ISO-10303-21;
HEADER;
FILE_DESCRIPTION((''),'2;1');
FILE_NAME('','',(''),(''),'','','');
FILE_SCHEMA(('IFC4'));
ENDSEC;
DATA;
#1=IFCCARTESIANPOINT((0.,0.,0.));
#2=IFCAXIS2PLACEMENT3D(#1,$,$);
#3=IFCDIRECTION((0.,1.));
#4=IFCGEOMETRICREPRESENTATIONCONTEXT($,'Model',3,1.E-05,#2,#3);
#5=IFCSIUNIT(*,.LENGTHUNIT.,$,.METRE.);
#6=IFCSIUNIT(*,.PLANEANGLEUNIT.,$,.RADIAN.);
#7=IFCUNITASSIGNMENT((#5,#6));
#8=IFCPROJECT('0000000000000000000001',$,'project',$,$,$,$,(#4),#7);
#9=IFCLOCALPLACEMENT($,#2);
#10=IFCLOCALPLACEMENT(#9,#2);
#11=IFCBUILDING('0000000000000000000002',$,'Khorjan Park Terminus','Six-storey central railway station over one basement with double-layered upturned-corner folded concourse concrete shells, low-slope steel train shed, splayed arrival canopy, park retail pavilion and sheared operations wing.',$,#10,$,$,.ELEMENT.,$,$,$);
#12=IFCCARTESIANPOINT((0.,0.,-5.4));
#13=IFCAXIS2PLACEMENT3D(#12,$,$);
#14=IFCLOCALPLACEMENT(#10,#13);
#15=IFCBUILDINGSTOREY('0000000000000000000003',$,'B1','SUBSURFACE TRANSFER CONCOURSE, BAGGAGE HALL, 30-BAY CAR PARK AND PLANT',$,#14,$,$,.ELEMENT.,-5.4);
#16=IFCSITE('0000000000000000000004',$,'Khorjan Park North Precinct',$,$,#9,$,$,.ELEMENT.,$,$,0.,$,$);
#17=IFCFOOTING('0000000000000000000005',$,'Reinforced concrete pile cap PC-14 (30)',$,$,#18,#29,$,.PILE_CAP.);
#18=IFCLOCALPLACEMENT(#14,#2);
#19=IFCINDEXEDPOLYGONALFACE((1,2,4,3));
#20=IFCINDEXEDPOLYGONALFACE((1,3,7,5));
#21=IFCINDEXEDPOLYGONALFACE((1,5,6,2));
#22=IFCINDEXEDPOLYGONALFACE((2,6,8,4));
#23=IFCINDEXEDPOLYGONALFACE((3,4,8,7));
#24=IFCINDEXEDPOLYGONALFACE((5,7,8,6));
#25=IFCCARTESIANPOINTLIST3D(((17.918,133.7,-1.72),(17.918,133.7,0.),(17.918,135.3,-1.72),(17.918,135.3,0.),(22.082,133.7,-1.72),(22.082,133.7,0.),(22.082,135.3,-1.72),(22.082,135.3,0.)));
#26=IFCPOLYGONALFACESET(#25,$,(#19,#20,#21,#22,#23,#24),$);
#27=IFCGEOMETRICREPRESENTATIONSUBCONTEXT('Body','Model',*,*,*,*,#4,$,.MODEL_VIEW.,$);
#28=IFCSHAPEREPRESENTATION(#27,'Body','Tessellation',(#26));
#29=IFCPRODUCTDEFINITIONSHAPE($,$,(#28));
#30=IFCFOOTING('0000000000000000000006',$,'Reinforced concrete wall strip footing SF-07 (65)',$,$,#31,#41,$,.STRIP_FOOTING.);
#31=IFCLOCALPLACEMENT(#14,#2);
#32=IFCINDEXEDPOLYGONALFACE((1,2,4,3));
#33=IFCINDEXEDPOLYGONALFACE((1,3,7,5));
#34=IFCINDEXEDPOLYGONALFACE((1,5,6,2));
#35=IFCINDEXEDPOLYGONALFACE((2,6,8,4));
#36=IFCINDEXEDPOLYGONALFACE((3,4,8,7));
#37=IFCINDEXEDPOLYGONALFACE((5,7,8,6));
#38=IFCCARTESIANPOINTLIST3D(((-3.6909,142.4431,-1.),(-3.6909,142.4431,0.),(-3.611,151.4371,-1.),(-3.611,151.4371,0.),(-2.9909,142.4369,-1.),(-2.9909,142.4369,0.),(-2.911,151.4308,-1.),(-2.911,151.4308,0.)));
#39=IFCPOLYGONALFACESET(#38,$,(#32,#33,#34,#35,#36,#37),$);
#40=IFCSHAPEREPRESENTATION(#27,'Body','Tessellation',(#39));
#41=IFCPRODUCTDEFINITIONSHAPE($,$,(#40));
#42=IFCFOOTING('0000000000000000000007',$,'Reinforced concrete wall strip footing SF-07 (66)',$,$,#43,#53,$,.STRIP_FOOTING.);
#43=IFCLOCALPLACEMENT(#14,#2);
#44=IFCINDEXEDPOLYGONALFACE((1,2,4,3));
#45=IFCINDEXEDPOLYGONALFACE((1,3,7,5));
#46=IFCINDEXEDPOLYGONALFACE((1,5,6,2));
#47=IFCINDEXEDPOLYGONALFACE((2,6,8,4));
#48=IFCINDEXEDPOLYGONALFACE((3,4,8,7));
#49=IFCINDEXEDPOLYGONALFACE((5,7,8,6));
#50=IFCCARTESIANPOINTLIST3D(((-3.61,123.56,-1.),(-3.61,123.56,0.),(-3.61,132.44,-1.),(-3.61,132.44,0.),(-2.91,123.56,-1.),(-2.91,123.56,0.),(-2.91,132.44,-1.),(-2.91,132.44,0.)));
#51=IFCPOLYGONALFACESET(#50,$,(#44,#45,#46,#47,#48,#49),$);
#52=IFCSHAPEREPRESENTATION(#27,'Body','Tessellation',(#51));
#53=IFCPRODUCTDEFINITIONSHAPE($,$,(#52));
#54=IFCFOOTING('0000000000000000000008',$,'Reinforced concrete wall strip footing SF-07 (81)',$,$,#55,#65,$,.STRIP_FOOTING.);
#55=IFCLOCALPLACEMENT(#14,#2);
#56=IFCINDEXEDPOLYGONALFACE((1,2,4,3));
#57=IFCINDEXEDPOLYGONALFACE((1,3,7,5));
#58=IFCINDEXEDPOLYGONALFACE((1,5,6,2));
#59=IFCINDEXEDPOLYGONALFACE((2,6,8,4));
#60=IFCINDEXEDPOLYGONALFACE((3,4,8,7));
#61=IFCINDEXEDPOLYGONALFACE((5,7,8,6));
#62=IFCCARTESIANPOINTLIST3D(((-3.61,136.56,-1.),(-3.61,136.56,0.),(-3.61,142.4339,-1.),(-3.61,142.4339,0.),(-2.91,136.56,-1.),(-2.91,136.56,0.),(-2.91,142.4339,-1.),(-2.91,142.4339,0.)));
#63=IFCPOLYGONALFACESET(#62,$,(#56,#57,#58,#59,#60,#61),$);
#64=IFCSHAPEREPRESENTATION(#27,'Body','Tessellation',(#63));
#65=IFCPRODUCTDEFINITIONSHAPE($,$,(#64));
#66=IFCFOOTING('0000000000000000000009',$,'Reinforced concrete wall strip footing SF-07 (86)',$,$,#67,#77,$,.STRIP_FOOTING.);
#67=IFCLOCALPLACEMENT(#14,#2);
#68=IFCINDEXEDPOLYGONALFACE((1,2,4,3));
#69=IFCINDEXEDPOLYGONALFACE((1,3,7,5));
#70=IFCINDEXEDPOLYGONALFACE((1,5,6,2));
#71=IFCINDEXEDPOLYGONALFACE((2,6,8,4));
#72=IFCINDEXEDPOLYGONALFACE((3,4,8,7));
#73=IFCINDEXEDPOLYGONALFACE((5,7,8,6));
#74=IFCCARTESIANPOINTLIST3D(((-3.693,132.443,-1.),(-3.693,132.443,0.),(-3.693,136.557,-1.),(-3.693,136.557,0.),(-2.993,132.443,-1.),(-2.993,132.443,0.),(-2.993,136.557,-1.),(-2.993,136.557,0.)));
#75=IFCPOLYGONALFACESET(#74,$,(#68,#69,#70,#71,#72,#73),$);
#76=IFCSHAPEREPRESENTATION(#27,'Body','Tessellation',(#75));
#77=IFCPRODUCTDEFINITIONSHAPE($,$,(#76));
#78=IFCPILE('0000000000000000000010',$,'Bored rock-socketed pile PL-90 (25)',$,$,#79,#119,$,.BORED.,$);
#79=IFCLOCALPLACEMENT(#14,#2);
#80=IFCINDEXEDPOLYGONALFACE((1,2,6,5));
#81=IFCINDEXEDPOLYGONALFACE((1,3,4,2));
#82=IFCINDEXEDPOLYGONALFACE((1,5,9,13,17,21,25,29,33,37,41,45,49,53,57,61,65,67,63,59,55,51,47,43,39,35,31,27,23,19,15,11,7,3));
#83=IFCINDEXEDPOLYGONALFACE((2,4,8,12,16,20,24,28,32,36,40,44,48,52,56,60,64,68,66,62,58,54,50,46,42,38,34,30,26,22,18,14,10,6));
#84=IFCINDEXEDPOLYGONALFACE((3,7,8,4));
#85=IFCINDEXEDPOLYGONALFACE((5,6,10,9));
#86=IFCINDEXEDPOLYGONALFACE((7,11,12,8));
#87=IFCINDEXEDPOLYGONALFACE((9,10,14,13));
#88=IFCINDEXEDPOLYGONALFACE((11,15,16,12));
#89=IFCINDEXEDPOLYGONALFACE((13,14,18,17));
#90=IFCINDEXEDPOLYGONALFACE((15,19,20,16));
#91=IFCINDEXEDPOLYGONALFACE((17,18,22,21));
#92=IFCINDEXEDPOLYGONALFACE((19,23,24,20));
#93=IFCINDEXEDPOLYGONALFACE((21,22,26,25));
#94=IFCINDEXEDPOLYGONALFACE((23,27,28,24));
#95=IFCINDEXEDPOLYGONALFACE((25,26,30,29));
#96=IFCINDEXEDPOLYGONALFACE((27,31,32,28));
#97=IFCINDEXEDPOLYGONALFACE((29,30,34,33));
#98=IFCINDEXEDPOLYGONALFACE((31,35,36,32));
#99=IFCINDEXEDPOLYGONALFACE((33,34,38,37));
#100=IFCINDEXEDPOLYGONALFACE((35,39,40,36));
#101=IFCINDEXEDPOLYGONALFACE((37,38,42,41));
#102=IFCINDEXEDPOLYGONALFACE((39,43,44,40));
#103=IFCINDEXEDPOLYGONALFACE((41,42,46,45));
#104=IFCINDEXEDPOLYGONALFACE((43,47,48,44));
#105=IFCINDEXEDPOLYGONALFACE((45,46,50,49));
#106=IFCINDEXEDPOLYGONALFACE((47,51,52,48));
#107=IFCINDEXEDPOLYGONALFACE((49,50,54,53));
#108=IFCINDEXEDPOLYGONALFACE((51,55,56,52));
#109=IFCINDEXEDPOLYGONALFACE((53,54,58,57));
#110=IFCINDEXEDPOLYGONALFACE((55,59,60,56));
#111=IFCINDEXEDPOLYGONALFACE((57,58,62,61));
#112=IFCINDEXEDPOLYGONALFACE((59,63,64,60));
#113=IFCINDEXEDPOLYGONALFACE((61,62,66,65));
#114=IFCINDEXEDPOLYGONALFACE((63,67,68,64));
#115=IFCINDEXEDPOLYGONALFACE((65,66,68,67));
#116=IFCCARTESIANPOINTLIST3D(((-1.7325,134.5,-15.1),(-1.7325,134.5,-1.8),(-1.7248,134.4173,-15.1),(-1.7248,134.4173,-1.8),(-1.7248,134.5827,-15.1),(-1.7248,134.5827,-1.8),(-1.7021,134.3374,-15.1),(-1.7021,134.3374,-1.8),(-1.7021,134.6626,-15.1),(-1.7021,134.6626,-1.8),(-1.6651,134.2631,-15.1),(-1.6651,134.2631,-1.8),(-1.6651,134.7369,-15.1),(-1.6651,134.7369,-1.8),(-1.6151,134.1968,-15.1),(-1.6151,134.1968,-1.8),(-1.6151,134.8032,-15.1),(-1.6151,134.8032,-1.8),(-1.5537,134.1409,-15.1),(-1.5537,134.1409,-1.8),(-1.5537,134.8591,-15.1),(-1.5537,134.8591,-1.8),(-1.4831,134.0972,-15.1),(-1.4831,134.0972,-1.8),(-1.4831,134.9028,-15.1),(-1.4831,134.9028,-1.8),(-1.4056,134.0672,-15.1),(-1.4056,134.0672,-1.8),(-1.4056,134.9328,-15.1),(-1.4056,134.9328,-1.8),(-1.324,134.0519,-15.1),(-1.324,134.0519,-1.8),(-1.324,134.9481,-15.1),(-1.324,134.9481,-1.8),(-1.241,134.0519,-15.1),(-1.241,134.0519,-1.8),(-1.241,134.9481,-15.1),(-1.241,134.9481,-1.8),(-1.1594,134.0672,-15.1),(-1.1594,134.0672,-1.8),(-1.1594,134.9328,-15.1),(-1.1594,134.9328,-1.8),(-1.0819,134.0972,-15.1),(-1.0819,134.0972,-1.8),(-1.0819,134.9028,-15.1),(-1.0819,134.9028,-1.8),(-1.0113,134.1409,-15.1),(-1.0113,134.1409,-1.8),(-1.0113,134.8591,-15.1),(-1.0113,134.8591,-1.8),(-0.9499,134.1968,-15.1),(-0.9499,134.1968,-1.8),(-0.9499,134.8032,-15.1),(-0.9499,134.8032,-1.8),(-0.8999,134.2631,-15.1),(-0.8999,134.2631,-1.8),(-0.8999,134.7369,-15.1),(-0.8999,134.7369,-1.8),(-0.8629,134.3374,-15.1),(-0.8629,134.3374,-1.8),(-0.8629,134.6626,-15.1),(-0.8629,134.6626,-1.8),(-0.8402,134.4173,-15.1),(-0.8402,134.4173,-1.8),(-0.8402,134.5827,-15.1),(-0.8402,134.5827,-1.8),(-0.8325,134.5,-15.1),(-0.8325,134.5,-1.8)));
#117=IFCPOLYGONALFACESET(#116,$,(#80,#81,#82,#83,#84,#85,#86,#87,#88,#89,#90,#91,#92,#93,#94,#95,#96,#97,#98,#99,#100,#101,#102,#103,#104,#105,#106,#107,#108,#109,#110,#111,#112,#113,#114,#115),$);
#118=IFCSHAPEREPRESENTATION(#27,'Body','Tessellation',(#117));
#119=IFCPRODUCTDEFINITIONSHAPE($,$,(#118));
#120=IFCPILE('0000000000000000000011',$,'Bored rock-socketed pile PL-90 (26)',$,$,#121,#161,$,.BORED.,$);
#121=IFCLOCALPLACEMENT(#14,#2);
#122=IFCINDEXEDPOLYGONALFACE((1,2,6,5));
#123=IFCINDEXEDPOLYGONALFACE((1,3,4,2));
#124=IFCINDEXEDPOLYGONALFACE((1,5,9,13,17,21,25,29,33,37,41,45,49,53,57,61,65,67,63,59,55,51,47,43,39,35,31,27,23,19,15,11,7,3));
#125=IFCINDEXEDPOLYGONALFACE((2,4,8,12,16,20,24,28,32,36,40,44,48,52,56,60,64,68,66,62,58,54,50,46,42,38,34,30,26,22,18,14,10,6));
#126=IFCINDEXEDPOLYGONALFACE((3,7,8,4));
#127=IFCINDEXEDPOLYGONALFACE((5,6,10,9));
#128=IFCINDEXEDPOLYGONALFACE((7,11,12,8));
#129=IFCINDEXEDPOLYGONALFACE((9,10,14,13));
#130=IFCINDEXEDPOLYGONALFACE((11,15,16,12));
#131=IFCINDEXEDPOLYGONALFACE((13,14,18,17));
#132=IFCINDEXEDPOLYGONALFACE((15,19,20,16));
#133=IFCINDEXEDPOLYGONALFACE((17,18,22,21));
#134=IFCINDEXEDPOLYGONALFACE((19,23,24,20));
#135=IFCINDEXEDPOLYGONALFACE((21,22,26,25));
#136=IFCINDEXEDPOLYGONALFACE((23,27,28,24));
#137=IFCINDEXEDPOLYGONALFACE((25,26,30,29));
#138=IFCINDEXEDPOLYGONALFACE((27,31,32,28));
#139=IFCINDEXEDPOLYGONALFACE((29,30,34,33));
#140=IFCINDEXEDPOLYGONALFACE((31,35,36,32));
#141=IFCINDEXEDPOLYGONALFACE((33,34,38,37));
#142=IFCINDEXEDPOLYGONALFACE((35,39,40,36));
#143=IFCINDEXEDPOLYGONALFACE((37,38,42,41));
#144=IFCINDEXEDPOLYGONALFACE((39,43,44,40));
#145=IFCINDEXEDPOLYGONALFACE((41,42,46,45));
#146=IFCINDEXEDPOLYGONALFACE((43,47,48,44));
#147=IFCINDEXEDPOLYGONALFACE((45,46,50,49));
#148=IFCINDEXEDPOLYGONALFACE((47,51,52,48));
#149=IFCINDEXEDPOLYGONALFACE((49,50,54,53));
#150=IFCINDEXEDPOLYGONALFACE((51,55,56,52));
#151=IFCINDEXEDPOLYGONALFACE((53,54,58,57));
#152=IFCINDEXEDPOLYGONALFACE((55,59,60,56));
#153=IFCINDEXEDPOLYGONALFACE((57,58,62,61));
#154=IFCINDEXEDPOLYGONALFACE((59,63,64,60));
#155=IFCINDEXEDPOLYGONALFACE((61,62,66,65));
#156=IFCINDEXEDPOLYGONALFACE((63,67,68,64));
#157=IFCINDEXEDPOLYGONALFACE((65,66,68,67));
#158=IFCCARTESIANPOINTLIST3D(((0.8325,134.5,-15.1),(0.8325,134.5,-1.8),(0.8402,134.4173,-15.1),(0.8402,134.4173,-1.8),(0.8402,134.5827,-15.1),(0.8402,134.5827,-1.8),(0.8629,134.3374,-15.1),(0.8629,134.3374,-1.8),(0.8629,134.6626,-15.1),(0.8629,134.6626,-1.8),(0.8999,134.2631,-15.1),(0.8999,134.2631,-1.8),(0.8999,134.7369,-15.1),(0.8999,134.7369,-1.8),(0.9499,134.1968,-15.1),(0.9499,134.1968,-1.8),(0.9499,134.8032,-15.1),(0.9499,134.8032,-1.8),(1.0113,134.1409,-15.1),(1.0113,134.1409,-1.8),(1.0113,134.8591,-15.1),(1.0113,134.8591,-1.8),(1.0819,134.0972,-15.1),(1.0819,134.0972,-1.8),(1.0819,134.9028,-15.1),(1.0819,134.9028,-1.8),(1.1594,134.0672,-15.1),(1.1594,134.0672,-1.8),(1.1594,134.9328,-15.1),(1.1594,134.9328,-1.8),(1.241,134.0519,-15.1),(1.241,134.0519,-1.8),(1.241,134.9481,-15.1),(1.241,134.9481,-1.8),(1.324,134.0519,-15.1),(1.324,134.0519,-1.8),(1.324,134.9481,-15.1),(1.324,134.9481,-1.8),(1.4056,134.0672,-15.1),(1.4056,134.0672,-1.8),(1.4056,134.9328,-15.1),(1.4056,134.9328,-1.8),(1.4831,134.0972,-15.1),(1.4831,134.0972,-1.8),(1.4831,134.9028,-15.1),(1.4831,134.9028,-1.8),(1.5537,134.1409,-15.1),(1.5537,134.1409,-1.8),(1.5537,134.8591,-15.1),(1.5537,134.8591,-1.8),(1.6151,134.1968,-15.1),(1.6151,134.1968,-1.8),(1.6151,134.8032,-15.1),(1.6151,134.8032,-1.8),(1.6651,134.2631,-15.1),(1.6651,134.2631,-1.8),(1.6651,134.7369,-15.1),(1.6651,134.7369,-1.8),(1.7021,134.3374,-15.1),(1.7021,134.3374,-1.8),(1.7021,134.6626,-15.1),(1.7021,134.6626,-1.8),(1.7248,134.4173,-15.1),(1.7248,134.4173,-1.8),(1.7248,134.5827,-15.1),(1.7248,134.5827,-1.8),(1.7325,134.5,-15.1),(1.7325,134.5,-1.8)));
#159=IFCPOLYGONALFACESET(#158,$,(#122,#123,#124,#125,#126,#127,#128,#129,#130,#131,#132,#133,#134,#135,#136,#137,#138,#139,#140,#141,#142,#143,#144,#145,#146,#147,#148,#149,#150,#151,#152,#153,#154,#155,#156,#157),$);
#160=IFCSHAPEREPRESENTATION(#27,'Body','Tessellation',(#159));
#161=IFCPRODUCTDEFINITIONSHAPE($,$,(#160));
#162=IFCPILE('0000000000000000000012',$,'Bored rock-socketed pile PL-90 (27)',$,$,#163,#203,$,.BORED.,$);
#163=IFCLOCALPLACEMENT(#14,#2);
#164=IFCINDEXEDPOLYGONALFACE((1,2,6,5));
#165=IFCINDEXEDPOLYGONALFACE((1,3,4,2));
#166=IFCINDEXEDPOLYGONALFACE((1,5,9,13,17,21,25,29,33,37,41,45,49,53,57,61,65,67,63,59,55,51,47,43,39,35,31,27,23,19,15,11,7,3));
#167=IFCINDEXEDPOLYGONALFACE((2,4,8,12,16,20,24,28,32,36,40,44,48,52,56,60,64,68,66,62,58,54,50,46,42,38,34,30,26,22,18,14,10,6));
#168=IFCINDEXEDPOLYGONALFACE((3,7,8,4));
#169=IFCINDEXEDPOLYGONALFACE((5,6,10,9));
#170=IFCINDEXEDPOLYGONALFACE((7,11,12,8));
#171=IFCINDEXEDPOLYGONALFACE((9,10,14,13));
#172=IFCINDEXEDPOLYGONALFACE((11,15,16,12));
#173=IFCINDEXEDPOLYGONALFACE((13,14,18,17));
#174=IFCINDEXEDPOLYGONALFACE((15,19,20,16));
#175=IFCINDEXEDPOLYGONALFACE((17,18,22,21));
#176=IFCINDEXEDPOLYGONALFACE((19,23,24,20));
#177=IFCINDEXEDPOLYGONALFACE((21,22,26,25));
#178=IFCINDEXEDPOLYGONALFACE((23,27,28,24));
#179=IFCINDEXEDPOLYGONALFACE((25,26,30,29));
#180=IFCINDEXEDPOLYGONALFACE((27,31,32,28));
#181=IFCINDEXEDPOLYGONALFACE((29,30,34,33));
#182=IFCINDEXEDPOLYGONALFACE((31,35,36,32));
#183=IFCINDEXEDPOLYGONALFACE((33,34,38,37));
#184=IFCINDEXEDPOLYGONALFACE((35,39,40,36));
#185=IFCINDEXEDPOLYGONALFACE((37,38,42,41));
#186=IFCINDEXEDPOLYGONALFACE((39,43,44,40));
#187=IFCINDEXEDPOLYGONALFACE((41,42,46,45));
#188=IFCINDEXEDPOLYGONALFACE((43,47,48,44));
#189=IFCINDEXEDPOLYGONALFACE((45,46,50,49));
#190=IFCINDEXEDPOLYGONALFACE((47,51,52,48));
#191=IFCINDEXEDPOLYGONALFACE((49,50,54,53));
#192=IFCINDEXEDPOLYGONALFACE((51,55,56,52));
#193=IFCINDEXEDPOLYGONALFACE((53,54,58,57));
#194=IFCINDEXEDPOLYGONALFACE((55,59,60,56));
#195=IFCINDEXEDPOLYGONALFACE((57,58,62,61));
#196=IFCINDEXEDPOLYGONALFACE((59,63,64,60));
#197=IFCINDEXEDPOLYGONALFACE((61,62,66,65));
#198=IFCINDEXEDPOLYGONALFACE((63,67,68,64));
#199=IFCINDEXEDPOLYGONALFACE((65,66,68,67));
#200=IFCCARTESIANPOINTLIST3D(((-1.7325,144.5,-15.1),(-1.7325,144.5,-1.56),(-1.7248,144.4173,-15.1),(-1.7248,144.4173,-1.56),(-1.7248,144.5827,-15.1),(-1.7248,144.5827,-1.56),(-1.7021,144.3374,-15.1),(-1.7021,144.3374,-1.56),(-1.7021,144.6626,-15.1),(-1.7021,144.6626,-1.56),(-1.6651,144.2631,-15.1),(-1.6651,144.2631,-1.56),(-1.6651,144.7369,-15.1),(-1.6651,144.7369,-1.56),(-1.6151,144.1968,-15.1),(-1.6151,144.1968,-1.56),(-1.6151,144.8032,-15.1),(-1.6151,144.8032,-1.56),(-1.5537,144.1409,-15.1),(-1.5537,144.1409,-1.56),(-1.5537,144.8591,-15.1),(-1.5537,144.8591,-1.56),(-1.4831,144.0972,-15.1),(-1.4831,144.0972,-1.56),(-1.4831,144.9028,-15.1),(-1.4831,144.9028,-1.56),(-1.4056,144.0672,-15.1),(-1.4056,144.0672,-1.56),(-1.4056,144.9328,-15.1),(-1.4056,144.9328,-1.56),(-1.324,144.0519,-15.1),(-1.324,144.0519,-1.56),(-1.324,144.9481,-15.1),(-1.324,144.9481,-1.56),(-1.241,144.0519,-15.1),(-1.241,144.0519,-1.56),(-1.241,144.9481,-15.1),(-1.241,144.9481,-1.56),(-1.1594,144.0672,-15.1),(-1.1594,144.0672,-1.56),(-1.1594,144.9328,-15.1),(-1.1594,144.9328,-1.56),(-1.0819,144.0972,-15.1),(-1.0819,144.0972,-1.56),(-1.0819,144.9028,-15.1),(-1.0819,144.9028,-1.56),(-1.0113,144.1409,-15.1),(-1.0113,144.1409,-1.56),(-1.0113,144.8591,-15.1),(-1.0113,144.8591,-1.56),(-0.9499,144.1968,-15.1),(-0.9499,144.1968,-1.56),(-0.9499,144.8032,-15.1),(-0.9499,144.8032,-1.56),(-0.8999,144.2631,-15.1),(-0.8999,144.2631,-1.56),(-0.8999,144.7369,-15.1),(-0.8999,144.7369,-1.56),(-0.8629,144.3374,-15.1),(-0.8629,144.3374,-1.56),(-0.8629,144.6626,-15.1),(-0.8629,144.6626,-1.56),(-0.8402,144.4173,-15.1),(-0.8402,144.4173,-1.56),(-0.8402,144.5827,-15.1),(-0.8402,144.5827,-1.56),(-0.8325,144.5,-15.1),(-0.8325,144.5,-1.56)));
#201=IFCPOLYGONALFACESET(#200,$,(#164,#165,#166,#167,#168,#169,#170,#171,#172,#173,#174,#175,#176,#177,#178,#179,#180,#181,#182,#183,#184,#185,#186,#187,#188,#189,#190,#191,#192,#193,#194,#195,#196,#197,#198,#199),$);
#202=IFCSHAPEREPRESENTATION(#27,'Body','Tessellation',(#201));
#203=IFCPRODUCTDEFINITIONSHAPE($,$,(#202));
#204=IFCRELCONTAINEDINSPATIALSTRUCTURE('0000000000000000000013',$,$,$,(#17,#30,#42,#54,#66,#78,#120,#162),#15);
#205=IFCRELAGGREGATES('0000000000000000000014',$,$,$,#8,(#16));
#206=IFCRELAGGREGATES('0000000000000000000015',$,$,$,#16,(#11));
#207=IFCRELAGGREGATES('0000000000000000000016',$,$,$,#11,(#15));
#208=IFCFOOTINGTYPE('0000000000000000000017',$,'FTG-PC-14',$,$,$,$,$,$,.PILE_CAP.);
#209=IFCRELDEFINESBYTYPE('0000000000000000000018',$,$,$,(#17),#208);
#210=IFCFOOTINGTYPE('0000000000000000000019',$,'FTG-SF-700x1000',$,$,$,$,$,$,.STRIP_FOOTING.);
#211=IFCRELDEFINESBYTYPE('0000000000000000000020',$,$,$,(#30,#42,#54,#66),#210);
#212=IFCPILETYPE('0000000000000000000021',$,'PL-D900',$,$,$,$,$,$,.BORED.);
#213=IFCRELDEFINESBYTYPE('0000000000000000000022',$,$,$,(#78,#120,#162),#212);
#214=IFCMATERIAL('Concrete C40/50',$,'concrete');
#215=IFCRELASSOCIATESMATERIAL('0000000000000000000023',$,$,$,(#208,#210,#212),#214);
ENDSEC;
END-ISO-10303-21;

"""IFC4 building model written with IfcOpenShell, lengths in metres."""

from ifc_helpers import new_model, si_unit, direction, frame, origin, origin_2d, place, context, subcontext, project, spatial, rectangle, circle, extrude, material, material_profile, profile_set, type_object, element, save


model = new_model("IFC4")

# Units and contexts
model_context = context("Model", 3, precision=1e-05, world=origin(), true_north=direction((0.0, 1.0)))
body_context = subcontext(model_context, "Body", "Model", "MODEL_VIEW")
ifc_project = project(units=[si_unit("LENGTHUNIT", "METRE"), si_unit("PLANEANGLEUNIT", "RADIAN")], contexts=[model_context])

# Site, building, storey
site_placement = place(None, origin())
site = spatial("IfcSite", under=ifc_project, at=site_placement, Name="Khorjan Park North Precinct", CompositionType="ELEMENT", RefElevation=0.0)
building_placement = place(site_placement, origin())
building = spatial("IfcBuilding", under=site, at=building_placement, Name="Khorjan Park Terminus", Description="Six-storey central railway station over one basement with double-layered upturned-corner folded concourse concrete shells, low-slope steel train shed, splayed arrival canopy, park retail pavilion and sheared operations wing.", CompositionType="ELEMENT")
storey_placement = place(building_placement, frame((0.0, 0.0, -5.4)))
storey = spatial("IfcBuildingStorey", under=building, at=storey_placement, Name="B1", Description="SUBSURFACE TRANSFER CONCOURSE, BAGGAGE HALL, 30-BAY CAR PARK AND PLANT", CompositionType="ELEMENT", Elevation=-5.4)

# Footings
ifc_material = material(Name="Concrete C40/50", Category="concrete")
footing_type_1 = type_object("IfcFootingType", Name="FTG-PC-14", PredefinedType="PILE_CAP", material=ifc_material)
footing_1_placement = place(storey_placement, frame((20.0, 134.5, -1.72), z_axis=(0.0, 0.0, 1.0), x_axis=(1.0, 0.0, 0.0)))
element("IfcFooting", 1, at=footing_1_placement, inside=storey, type_object=footing_type_1, Name="Reinforced concrete pile cap PC-14 (30)", PredefinedType="PILE_CAP", context=body_context, shape_type="SweptSolid", body=[
    extrude(rectangle(XDim=4.164, YDim=1.6, at=origin_2d()), origin(), (0.0, 0.0, 1.0), 1.72),
])
ifc_material_profile_1 = material_profile(ifc_material, rectangle(XDim=0.7, YDim=1.0, at=origin_2d()), Name="RC 700x1000")
ifc_profile_set_1 = profile_set([ifc_material_profile_1], Name="Concrete C40/50")
footing_type_2 = type_object("IfcFootingType", Name="FTG-SF-700x1000", PredefinedType="STRIP_FOOTING", material=ifc_profile_set_1)
footing_2_placement = place(storey_placement, frame((-3.3409, 142.44, -0.5), z_axis=(0.008883, 0.999961, 0.0), x_axis=(-0.999961, 0.008883, 0.0)))
element("IfcFooting", 2, at=footing_2_placement, inside=storey, type_object=footing_type_2, Name="Reinforced concrete wall strip footing SF-07 (65)", PredefinedType="STRIP_FOOTING", context=body_context, shape_type="SweptSolid", body=[
    extrude(rectangle(XDim=0.7, YDim=1.0, at=origin_2d()), origin(), (0.0, 0.0, 1.0), 8.9943),
])
footing_3_placement = place(storey_placement, frame((-3.26, 123.56, -0.5), z_axis=(0.0, 1.0, 0.0), x_axis=(-1.0, 0.0, 0.0)))
element("IfcFooting", 3, at=footing_3_placement, inside=storey, type_object=footing_type_2, Name="Reinforced concrete wall strip footing SF-07 (66)", PredefinedType="STRIP_FOOTING", context=body_context, shape_type="SweptSolid", body=[
    extrude(rectangle(XDim=0.7, YDim=1.0, at=origin_2d()), origin(), (0.0, 0.0, 1.0), 8.88),
])
footing_4_placement = place(storey_placement, frame((-3.26, 136.56, -0.5), z_axis=(0.0, 1.0, 0.0), x_axis=(-1.0, 0.0, 0.0)))
element("IfcFooting", 4, at=footing_4_placement, inside=storey, type_object=footing_type_2, Name="Reinforced concrete wall strip footing SF-07 (81)", PredefinedType="STRIP_FOOTING", context=body_context, shape_type="SweptSolid", body=[
    extrude(rectangle(XDim=0.7, YDim=1.0, at=origin_2d()), origin(), (0.0, 0.0, 1.0), 5.8739),
])
footing_5_placement = place(storey_placement, frame((-3.343, 132.443, -0.5), z_axis=(0.0, 1.0, 0.0), x_axis=(-1.0, 0.0, 0.0)))
element("IfcFooting", 5, at=footing_5_placement, inside=storey, type_object=footing_type_2, Name="Reinforced concrete wall strip footing SF-07 (86)", PredefinedType="STRIP_FOOTING", context=body_context, shape_type="SweptSolid", body=[
    extrude(rectangle(XDim=0.7, YDim=1.0, at=origin_2d()), origin(), (0.0, 0.0, 1.0), 4.114),
])

# Piles
ifc_material_profile_2 = material_profile(ifc_material, circle(Radius=0.45, at=origin_2d()), Name="BORED D900")
ifc_profile_set_2 = profile_set([ifc_material_profile_2], Name="Concrete C40/50")
pile_type = type_object("IfcPileType", Name="PL-D900", PredefinedType="BORED", material=ifc_profile_set_2)
for number, where, z_axis, x_axis, name in (
    (6, (-1.2825, 134.5, -1.8), (0.0, 0.0, -1.0), (1.0, 0.0, 0.0), "Bored rock-socketed pile PL-90 (25)"),
    (7, (1.2825, 134.5, -1.8), (0.0, 0.0, -1.0), (1.0, 0.0, 0.0), "Bored rock-socketed pile PL-90 (26)"),
):
    element("IfcPile", number, at=place(storey_placement, frame(where, z_axis=z_axis, x_axis=x_axis)), inside=storey, type_object=pile_type, Name=name, PredefinedType="BORED", context=body_context, shape_type="SweptSolid", body=[
        extrude(circle(Radius=0.45, at=origin_2d()), origin(), (0.0, 0.0, 1.0), 13.3),
    ])
pile_1_placement = place(storey_placement, frame((-1.2825, 144.5, -1.56), z_axis=(0.0, 0.0, -1.0), x_axis=(1.0, 0.0, 0.0)))
element("IfcPile", 8, at=pile_1_placement, inside=storey, type_object=pile_type, Name="Bored rock-socketed pile PL-90 (27)", PredefinedType="BORED", context=body_context, shape_type="SweptSolid", body=[
    extrude(circle(Radius=0.45, at=origin_2d()), origin(), (0.0, 0.0, 1.0), 13.54),
])

save(model, "model.ifc")
